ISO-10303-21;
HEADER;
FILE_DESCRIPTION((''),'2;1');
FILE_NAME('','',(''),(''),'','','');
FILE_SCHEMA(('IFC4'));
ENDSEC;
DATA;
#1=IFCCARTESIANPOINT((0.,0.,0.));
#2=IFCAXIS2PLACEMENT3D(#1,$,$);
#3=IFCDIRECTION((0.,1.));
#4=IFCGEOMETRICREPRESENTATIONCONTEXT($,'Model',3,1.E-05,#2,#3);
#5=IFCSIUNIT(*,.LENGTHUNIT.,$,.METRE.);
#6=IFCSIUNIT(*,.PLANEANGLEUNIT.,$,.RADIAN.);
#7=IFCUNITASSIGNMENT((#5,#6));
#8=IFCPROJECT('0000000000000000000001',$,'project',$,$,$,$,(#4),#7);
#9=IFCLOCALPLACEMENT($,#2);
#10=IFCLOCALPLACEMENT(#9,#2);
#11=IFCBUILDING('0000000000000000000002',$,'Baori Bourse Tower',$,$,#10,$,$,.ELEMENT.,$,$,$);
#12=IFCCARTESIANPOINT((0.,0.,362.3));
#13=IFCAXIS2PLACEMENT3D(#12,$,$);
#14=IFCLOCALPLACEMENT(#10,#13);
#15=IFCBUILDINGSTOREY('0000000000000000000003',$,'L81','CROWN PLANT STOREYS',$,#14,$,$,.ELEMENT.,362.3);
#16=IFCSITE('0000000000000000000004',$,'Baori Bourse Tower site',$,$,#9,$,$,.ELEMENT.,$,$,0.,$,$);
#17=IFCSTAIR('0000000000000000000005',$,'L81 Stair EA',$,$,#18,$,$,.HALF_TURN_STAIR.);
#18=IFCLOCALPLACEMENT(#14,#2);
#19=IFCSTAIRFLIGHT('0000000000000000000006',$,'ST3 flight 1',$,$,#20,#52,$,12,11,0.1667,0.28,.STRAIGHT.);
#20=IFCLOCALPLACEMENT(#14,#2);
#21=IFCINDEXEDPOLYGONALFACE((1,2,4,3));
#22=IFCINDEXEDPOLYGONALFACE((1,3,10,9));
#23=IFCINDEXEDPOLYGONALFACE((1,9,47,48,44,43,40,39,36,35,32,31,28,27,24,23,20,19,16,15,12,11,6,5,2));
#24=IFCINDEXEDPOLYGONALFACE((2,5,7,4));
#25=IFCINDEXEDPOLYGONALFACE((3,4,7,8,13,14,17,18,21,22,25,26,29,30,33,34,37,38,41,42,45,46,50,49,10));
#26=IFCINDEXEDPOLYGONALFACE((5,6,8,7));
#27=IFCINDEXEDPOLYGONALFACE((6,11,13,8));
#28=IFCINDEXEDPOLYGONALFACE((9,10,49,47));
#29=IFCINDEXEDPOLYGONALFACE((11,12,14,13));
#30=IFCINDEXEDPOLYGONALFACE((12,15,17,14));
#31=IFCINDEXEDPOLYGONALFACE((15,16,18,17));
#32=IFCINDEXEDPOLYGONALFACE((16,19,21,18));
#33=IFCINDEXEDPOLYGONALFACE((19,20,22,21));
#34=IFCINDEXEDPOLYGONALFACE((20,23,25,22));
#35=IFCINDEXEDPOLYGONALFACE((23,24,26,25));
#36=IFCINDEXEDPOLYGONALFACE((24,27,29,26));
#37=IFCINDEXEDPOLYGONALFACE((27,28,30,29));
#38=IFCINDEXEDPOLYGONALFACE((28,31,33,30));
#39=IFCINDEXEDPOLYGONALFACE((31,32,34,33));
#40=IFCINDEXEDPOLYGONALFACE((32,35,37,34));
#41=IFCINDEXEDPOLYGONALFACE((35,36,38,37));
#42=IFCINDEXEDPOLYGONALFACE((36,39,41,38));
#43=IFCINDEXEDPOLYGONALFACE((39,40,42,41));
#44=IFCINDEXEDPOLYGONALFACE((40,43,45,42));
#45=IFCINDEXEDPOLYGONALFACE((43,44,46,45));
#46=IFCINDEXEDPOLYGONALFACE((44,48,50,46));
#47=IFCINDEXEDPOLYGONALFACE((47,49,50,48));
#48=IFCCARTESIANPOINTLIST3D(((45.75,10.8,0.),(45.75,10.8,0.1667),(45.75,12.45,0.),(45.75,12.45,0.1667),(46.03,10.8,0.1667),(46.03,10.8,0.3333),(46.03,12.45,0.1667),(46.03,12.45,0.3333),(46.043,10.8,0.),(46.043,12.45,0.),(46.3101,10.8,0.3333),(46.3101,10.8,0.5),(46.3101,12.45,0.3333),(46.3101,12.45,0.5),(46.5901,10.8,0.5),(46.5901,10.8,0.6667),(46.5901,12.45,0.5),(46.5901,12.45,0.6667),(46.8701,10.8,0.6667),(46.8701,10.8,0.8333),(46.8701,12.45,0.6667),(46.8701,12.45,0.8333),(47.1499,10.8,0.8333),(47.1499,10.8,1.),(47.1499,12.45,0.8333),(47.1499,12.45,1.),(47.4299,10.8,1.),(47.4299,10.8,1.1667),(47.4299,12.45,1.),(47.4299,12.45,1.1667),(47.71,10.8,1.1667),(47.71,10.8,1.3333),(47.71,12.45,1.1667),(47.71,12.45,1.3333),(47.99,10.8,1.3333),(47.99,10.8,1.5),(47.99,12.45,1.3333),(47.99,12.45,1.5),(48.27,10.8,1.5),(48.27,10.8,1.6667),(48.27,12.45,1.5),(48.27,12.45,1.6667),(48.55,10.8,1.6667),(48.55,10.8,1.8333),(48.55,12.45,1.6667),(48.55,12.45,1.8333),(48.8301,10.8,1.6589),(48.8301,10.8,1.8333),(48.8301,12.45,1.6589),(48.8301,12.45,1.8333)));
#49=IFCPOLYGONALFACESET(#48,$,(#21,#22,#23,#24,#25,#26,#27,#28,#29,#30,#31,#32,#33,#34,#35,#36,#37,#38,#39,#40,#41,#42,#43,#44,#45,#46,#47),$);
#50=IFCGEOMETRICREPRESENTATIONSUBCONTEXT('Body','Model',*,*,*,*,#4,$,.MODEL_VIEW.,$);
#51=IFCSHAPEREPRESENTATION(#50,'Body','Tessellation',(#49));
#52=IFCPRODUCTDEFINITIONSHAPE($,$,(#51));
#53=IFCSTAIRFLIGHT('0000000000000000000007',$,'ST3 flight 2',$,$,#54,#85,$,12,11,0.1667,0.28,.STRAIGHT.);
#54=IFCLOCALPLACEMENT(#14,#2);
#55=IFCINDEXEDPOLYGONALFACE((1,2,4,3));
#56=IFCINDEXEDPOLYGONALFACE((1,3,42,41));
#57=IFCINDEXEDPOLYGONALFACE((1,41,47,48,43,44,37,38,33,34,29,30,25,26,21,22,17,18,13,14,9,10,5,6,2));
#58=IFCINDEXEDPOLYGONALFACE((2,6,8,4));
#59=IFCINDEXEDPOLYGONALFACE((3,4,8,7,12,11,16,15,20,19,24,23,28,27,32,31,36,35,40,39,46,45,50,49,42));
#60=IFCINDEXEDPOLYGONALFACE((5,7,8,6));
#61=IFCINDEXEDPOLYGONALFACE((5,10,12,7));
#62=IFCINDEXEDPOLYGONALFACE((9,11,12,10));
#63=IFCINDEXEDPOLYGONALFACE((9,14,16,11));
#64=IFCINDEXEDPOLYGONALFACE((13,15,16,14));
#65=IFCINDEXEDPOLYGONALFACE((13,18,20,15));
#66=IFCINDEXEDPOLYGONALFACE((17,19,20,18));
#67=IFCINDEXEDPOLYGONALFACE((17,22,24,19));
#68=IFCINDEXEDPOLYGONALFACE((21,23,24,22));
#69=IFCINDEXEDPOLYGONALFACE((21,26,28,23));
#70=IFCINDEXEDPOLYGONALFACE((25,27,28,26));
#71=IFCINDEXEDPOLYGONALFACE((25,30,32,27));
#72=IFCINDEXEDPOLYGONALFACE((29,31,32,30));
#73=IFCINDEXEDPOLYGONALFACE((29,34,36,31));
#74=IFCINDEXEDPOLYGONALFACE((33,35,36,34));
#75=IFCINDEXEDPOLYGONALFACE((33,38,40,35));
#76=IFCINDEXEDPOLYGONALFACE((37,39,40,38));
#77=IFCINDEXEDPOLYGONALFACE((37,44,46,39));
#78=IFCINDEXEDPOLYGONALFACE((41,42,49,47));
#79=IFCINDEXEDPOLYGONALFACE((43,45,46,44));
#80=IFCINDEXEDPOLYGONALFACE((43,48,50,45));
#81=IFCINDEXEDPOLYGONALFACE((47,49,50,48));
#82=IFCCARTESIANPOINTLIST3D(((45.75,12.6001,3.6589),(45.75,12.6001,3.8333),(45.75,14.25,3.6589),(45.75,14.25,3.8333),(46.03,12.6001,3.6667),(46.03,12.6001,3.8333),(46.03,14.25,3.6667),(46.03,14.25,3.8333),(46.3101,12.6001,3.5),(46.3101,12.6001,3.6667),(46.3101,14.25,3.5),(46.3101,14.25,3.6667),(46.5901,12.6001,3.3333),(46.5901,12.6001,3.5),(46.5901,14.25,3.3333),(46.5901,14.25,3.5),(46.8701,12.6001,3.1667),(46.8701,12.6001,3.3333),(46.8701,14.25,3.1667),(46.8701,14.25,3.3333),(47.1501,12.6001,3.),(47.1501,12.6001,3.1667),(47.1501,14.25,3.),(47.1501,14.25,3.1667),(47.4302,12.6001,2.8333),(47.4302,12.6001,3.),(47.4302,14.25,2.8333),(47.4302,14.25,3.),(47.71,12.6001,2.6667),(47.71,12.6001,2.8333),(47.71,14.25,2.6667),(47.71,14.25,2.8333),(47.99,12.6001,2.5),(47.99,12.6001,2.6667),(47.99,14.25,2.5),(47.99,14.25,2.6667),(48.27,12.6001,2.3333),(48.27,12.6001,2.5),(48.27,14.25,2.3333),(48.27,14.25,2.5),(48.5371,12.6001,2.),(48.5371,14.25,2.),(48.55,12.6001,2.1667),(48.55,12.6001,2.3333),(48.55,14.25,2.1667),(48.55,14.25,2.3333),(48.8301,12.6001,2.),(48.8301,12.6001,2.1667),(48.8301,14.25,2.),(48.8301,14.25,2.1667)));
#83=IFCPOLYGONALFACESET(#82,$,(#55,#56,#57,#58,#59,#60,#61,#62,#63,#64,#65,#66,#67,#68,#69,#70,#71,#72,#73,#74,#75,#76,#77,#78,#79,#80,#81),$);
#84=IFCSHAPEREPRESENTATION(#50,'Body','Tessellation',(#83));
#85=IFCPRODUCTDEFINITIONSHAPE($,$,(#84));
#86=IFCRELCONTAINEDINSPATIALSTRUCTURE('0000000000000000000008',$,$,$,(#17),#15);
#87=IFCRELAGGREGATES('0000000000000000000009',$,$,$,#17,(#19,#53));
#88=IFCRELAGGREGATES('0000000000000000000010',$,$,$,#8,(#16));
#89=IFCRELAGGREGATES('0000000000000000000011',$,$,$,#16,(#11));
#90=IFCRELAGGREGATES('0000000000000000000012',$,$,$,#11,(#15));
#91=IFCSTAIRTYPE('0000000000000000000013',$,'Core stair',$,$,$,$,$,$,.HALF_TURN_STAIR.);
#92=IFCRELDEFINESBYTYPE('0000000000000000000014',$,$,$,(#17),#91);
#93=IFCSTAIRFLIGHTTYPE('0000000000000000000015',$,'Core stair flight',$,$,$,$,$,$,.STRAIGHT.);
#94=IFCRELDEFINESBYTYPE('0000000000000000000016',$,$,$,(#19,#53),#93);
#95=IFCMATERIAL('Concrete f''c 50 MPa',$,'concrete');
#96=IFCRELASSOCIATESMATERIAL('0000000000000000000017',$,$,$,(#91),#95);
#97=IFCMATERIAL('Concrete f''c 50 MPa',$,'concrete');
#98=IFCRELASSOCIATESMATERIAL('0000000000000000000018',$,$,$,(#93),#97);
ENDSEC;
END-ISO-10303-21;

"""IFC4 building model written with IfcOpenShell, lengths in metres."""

from ifc_helpers import new_model, si_unit, direction, frame, origin, place, context, subcontext, project, spatial, polyline, outline, extrude, material, type_object, element, aggregate, save


model = new_model("IFC4")

# Units and contexts
model_context = context("Model", 3, precision=1e-05, world=origin(), true_north=direction((0.0, 1.0)))
body_context = subcontext(model_context, "Body", "Model", "MODEL_VIEW")
ifc_project = project(units=[si_unit("LENGTHUNIT", "METRE"), si_unit("PLANEANGLEUNIT", "RADIAN")], contexts=[model_context])

# Site, building, storey
site_placement = place(None, origin())
site = spatial("IfcSite", under=ifc_project, at=site_placement, Name="Baori Bourse Tower site", CompositionType="ELEMENT", RefElevation=0.0)
building_placement = place(site_placement, origin())
building = spatial("IfcBuilding", under=site, at=building_placement, Name="Baori Bourse Tower", CompositionType="ELEMENT")
storey_placement = place(building_placement, frame((0.0, 0.0, 362.3)))
storey = spatial("IfcBuildingStorey", under=building, at=storey_placement, Name="L81", Description="CROWN PLANT STOREYS", CompositionType="ELEMENT", Elevation=362.3)

# Stair, stair flights
ifc_material_1 = material(Name="Concrete f'c 50 MPa", Category="concrete")
stair_type = type_object("IfcStairType", Name="Core stair", PredefinedType="HALF_TURN_STAIR", material=ifc_material_1)
stair_placement = place(storey_placement, origin())
stair = element("IfcStair", 1, at=stair_placement, inside=storey, type_object=stair_type, Name="L81 Stair EA", PredefinedType="HALF_TURN_STAIR")
ifc_material_2 = material(Name="Concrete f'c 50 MPa", Category="concrete")
stair_flight_type = type_object("IfcStairFlightType", Name="Core stair flight", PredefinedType="STRAIGHT", material=ifc_material_2)
stair_flight_1_placement = place(storey_placement, frame((45.75, 11.625, 0.0), z_axis=(0.0, 0.0, 1.0), x_axis=(1.0, 0.0, 0.0)))
stair_flight_1 = element("IfcStairFlight", 2, at=stair_flight_1_placement, type_object=stair_flight_type, Name="ST3 flight 1", NumberOfRisers=12, NumberOfTreads=11, PredefinedType="STRAIGHT", RiserHeight=0.1667, TreadLength=0.28, context=body_context, shape_type="SweptSolid", body=[
    extrude(outline(polyline([(0.0, 0.0), (0.0, 0.1667), (0.28, 0.1667), (0.28, 0.3333), (0.5601, 0.3333), (0.5601, 0.5), (0.8401, 0.5), (0.8401, 0.6667), (1.1201, 0.6667), (1.1201, 0.8333), (1.3999, 0.8333), (1.3999, 1.0), (1.6799, 1.0), (1.6799, 1.1667), (1.96, 1.1667), (1.96, 1.3333), (2.24, 1.3333), (2.24, 1.5), (2.52, 1.5), (2.52, 1.6667), (2.8, 1.6667), (2.8, 1.8333), (3.0801, 1.8333), (3.0801, 2.0), (3.0801, 1.6589), (0.293, 0.0), (0.0, 0.0)])), frame((0.0, 0.825, 0.0), z_axis=(0.0, -1.0, 0.0), x_axis=(1.0, 0.0, 0.0)), (0.0, 0.0, 1.0), 1.6499),
])
stair_flight_2_placement = place(storey_placement, frame((48.8301, 13.425, 2.0), z_axis=(0.0, 0.0, 1.0), x_axis=(-1.0, 0.0, 0.0)))
stair_flight_2 = element("IfcStairFlight", 3, at=stair_flight_2_placement, type_object=stair_flight_type, Name="ST3 flight 2", NumberOfRisers=12, NumberOfTreads=11, PredefinedType="STRAIGHT", RiserHeight=0.1667, TreadLength=0.28, context=body_context, shape_type="SweptSolid", body=[
    extrude(outline(polyline([(0.0, 0.0), (0.0, 0.1667), (0.28, 0.1667), (0.28, 0.3333), (0.5601, 0.3333), (0.5601, 0.5), (0.8401, 0.5), (0.8401, 0.6667), (1.1201, 0.6667), (1.1201, 0.8333), (1.3999, 0.8333), (1.3999, 1.0), (1.6799, 1.0), (1.6799, 1.1667), (1.96, 1.1667), (1.96, 1.3333), (2.24, 1.3333), (2.24, 1.5), (2.52, 1.5), (2.52, 1.6667), (2.8, 1.6667), (2.8, 1.8333), (3.0801, 1.8333), (3.0801, 2.0), (3.0801, 1.6589), (0.293, 0.0), (0.0, 0.0)])), frame((0.0, 0.825, 0.0), z_axis=(0.0, -1.0, 0.0), x_axis=(1.0, 0.0, 0.0)), (0.0, 0.0, 1.0), 1.6499),
])
aggregate(stair, [stair_flight_1, stair_flight_2])

save(model, "model.ifc")
